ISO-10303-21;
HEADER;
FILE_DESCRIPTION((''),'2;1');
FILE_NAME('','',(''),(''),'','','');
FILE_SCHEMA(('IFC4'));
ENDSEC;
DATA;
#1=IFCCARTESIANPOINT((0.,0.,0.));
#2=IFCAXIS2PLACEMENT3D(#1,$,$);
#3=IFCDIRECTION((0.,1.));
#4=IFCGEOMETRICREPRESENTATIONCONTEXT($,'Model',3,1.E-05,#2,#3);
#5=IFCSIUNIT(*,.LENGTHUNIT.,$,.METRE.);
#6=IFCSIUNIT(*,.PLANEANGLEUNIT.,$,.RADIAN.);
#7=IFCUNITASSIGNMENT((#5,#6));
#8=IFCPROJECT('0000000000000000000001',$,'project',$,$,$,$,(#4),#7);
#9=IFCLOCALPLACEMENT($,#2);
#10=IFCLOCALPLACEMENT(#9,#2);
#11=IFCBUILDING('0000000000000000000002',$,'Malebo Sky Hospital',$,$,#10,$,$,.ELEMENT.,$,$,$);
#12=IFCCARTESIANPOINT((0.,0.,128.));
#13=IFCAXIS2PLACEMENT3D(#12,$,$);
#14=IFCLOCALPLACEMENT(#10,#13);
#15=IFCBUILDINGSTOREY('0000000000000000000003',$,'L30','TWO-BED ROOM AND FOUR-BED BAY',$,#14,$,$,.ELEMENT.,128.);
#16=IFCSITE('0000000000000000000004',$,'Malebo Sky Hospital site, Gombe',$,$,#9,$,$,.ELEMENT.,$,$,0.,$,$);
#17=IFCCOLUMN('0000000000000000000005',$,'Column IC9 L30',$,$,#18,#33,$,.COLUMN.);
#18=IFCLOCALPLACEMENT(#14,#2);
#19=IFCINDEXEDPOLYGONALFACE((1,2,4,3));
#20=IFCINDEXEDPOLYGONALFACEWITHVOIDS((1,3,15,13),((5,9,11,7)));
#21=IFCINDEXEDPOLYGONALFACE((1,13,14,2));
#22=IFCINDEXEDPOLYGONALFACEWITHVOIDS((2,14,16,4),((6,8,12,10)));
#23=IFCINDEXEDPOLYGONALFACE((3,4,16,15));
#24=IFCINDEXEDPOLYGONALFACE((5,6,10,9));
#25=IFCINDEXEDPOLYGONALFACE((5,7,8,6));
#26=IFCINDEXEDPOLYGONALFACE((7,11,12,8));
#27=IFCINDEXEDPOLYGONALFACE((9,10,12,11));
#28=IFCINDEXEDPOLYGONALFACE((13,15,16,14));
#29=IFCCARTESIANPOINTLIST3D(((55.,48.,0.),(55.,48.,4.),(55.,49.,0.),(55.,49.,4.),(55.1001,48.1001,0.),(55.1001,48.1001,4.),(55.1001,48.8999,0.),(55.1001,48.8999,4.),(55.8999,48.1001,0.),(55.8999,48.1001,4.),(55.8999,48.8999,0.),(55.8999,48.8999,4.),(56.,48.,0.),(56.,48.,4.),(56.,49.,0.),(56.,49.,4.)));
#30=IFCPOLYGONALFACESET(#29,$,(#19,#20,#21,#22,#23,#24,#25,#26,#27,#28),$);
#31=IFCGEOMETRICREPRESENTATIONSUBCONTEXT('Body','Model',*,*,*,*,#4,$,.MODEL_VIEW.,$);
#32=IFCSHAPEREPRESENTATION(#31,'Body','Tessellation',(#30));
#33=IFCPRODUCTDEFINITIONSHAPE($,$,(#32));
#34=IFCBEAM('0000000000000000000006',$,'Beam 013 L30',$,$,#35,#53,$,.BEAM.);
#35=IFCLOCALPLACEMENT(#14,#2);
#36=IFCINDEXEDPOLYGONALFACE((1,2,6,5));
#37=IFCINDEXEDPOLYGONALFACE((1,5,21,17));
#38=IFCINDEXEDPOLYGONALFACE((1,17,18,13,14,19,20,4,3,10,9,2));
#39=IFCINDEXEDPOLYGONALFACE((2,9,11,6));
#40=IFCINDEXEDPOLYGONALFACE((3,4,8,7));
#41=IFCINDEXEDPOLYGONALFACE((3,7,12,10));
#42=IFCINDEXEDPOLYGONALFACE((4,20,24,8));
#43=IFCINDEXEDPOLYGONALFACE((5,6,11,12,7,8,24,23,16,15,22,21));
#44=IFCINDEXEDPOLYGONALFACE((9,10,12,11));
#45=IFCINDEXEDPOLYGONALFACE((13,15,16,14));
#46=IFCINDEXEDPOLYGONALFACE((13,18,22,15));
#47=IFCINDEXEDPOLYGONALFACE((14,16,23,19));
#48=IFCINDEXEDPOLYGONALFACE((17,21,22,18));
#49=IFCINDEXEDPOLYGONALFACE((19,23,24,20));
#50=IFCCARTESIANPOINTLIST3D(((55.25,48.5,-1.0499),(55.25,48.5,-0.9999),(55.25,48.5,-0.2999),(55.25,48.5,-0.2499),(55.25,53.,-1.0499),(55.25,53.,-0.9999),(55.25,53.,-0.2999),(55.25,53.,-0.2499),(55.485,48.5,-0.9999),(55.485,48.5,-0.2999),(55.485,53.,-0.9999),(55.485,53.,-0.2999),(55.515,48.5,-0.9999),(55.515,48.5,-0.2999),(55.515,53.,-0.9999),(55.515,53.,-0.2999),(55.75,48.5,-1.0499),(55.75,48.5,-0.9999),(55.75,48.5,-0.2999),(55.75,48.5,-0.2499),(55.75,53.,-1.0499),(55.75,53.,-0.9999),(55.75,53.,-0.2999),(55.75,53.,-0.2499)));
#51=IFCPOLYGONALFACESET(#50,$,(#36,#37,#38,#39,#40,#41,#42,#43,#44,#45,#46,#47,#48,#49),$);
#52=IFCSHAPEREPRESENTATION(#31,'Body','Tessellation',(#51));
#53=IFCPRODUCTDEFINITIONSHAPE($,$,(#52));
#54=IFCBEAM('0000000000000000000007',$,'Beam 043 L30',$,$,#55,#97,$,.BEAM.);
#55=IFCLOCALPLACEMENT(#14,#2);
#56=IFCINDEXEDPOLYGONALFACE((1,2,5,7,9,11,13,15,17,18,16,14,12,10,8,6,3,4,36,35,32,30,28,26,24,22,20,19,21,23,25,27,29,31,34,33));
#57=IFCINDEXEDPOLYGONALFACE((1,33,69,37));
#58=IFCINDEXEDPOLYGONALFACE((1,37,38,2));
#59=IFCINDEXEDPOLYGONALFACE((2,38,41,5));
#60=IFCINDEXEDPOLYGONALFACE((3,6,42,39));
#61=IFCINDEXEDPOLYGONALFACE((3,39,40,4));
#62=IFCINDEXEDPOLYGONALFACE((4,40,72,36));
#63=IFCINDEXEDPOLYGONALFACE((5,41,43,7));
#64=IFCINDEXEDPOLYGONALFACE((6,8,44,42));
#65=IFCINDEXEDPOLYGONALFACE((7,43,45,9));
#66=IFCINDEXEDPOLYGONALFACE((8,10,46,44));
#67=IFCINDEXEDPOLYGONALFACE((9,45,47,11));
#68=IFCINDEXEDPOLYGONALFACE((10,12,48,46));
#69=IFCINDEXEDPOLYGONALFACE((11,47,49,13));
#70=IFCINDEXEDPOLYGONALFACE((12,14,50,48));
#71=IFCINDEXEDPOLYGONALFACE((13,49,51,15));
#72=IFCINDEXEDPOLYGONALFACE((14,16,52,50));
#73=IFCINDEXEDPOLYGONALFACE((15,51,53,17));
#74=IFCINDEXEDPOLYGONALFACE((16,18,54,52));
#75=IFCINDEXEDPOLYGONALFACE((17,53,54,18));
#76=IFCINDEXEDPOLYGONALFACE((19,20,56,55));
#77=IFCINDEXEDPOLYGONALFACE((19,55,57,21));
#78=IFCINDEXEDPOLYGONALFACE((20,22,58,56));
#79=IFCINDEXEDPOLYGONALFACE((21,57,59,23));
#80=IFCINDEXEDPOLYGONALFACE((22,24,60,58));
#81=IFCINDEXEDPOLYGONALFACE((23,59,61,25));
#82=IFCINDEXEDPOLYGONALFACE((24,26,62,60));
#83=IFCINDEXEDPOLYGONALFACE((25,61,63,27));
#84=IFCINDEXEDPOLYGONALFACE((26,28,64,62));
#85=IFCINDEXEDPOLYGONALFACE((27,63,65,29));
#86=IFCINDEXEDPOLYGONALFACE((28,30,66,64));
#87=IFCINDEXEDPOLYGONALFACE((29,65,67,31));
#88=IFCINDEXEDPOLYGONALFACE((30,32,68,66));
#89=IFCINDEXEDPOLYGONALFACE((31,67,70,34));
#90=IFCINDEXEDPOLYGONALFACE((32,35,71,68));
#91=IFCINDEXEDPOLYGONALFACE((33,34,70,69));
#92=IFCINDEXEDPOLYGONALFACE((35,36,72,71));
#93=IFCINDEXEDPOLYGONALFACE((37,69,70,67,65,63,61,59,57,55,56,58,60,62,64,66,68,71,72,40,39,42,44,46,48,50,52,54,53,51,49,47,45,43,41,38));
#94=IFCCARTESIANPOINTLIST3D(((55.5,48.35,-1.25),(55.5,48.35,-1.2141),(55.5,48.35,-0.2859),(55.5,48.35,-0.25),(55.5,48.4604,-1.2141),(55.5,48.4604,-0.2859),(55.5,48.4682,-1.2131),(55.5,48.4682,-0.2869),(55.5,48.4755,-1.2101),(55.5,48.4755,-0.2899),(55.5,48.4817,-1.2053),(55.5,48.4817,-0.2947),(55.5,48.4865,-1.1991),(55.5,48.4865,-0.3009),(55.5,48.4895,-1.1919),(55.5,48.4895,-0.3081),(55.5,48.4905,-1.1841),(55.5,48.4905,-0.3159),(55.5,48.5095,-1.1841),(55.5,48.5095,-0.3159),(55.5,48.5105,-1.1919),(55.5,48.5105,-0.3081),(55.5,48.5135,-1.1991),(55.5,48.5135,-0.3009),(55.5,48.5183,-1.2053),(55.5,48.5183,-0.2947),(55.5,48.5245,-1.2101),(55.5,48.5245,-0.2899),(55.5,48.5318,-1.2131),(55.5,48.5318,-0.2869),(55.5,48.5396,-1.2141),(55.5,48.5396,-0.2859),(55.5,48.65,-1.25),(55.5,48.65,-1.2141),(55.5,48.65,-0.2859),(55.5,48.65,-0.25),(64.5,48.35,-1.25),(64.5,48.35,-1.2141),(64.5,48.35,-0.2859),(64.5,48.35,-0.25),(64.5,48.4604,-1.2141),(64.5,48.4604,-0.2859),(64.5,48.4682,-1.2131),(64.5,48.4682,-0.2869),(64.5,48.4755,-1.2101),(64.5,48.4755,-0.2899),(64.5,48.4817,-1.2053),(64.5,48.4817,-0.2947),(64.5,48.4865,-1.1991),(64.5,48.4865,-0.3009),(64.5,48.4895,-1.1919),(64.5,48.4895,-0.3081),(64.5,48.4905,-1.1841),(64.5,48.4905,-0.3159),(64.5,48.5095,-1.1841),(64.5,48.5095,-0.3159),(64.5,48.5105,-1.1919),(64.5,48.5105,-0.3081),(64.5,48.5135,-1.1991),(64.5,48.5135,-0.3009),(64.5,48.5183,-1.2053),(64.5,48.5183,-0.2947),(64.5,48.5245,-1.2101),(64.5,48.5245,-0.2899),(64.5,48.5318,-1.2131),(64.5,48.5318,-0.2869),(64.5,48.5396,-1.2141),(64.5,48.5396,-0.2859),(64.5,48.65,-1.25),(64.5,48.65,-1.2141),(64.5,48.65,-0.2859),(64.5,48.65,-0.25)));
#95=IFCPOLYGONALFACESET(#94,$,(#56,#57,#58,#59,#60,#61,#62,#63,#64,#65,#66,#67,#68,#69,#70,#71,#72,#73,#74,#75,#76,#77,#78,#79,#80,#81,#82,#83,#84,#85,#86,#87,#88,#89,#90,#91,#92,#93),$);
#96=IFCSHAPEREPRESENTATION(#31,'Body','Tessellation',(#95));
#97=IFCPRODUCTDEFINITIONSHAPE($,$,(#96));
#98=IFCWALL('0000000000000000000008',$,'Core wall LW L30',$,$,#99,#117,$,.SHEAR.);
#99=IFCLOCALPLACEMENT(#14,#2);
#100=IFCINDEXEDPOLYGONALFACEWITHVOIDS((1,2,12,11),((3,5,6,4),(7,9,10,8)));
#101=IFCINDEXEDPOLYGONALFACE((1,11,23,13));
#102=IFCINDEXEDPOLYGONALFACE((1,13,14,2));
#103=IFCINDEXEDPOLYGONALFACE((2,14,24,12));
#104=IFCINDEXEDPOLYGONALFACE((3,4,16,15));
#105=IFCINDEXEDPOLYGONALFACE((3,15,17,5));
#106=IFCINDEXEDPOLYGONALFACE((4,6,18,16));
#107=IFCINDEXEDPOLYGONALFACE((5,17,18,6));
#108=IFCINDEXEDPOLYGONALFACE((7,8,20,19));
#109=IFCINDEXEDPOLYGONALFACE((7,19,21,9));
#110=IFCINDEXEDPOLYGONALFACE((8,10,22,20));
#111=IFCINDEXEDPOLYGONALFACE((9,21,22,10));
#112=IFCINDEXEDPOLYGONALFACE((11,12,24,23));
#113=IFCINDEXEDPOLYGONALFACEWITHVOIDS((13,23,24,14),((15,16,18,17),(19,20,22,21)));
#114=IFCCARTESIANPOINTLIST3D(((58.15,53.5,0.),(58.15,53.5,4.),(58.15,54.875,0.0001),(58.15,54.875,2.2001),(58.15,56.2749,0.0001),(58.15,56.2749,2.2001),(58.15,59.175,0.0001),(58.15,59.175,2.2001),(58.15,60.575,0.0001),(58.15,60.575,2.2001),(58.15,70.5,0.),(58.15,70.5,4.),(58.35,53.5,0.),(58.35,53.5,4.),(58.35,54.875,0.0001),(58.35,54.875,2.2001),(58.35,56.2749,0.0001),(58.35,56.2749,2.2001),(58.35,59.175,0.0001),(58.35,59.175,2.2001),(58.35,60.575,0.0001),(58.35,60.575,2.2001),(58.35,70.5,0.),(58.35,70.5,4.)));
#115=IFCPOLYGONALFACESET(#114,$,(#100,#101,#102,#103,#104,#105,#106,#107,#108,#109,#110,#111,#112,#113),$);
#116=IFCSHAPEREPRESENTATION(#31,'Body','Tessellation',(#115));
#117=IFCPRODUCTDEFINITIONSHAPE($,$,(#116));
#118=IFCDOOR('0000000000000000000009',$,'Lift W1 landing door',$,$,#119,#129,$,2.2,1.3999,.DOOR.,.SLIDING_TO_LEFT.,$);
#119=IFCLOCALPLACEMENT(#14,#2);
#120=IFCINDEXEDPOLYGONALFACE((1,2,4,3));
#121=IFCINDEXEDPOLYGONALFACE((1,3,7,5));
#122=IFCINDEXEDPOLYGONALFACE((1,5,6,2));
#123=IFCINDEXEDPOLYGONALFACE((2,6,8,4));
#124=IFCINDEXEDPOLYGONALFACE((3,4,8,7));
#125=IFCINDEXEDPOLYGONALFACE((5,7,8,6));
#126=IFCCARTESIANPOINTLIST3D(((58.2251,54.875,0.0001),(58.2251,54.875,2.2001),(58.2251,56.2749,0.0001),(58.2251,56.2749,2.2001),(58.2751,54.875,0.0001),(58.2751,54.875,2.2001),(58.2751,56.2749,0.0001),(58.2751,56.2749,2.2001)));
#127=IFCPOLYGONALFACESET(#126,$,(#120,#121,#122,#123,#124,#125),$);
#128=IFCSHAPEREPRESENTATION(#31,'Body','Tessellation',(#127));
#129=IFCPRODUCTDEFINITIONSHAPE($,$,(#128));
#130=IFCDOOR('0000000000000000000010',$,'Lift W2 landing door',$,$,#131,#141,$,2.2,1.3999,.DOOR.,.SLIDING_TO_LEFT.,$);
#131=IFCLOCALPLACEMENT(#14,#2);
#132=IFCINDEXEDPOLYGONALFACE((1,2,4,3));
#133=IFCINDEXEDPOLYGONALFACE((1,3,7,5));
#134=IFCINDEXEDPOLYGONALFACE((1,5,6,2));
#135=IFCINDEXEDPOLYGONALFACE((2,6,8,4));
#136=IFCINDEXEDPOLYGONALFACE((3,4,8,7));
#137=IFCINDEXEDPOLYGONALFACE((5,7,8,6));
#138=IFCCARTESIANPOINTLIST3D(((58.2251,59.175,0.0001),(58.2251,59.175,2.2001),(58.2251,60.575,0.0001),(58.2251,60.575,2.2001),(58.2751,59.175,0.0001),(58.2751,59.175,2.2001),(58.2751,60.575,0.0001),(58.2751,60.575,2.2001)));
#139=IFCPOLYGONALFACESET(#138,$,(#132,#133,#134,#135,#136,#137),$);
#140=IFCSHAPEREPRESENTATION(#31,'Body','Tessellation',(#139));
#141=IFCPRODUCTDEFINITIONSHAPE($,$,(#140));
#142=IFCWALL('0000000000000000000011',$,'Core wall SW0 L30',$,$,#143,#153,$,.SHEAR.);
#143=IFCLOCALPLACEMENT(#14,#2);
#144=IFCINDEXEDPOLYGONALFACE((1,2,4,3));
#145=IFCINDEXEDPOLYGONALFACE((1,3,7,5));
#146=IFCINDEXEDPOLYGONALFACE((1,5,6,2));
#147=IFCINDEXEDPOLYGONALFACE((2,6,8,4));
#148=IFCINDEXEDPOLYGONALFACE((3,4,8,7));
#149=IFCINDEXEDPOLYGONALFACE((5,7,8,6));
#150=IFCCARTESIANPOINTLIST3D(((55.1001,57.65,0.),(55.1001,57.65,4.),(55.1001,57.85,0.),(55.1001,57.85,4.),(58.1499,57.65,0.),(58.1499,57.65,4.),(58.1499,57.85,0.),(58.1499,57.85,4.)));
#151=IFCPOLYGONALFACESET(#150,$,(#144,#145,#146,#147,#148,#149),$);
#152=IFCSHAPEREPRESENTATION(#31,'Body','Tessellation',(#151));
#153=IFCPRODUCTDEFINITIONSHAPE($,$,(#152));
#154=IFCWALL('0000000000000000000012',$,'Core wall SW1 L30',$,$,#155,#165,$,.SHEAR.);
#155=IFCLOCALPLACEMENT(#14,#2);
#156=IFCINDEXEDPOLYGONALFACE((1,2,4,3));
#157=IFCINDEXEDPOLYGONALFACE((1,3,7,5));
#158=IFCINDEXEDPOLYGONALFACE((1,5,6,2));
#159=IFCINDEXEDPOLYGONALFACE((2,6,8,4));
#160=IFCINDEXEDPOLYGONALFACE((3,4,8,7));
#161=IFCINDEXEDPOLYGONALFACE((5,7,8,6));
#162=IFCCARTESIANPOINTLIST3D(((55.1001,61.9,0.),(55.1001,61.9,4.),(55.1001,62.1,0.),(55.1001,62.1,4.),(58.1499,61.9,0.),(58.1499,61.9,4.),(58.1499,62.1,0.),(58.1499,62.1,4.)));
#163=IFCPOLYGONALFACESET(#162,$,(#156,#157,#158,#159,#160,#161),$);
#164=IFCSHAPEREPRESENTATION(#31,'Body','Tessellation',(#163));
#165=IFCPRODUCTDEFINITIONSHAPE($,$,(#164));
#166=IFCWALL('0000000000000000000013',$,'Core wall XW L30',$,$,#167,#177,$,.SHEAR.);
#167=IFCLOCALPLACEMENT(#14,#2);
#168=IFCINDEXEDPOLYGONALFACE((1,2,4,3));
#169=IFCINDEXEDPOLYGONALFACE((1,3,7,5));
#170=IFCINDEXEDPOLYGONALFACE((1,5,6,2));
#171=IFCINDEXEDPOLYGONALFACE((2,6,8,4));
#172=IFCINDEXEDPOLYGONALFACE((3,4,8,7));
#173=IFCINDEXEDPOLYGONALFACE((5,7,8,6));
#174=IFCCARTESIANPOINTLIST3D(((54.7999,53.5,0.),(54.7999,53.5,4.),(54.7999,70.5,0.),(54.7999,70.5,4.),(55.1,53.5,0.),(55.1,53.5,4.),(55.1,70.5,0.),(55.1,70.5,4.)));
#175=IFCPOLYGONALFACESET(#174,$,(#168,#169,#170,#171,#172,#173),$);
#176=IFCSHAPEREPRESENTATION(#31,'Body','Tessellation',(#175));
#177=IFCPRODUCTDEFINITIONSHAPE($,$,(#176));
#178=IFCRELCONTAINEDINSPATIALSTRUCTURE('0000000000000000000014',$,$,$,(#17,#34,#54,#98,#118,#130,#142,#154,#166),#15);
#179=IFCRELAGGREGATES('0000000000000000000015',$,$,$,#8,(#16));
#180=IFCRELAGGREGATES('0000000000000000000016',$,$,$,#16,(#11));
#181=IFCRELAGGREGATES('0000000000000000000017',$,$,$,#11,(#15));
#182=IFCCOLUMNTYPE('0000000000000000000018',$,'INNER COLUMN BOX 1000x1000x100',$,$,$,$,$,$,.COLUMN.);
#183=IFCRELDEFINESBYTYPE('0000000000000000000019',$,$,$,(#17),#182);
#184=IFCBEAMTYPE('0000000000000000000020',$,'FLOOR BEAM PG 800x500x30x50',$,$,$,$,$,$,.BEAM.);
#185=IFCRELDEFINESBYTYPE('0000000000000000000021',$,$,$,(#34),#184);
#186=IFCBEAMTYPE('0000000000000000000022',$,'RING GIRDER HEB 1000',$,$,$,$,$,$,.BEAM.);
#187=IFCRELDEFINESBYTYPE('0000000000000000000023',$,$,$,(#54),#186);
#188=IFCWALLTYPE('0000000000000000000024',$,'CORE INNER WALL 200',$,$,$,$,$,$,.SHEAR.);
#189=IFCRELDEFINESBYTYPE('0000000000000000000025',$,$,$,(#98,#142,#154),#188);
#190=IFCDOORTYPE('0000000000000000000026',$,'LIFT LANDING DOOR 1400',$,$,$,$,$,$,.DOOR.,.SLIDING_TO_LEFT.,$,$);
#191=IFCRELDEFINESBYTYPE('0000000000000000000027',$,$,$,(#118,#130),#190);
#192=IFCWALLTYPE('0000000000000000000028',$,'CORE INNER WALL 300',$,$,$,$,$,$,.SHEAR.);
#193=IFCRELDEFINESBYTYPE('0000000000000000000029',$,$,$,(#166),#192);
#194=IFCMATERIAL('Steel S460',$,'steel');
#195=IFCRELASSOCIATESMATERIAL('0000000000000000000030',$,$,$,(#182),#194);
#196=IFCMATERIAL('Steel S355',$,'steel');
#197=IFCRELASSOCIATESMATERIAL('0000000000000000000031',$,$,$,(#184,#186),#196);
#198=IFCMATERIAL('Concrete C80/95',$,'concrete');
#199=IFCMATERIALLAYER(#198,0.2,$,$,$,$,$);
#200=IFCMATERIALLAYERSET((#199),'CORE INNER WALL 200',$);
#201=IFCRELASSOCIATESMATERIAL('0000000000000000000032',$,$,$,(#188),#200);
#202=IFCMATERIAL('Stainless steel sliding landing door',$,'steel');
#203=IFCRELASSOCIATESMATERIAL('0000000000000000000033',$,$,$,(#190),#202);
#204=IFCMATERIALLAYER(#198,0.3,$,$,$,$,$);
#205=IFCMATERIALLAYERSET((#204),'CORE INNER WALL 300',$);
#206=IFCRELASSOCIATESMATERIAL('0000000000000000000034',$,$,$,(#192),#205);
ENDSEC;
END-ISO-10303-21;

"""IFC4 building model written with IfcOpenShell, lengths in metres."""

from ifc_helpers import new_model, si_unit, direction, frame, frame_2d, origin, origin_2d, place, context, subcontext, project, spatial, rectangle, hollow_rectangle, i_section, extrude, material, layer, layer_set, material_profile, profile_set, type_object, element, fill, save


model = new_model("IFC4")

# Units and contexts
model_context = context("Model", 3, precision=1e-05, world=origin(), true_north=direction((0.0, 1.0)))
body_context = subcontext(model_context, "Body", "Model", "MODEL_VIEW")
ifc_project = project(units=[si_unit("LENGTHUNIT", "METRE"), si_unit("PLANEANGLEUNIT", "RADIAN")], contexts=[model_context])

# Site, building, storey
site_placement = place(None, origin())
site = spatial("IfcSite", under=ifc_project, at=site_placement, Name="Malebo Sky Hospital site, Gombe", CompositionType="ELEMENT", RefElevation=0.0)
building_placement = place(site_placement, origin())
building = spatial("IfcBuilding", under=site, at=building_placement, Name="Malebo Sky Hospital", CompositionType="ELEMENT")
storey_placement = place(building_placement, frame((0.0, 0.0, 128.0)))
storey = spatial("IfcBuildingStorey", under=building, at=storey_placement, Name="L30", Description="TWO-BED ROOM AND FOUR-BED BAY", CompositionType="ELEMENT", Elevation=128.0)

# Column
ifc_material_1 = material(Name="Steel S460", Category="steel")
ifc_material_profile_1 = material_profile(ifc_material_1, hollow_rectangle(XDim=1.0, YDim=1.0, WallThickness=0.1001, at=origin_2d()), Name="BOX 1000x1000x100")
ifc_profile_set_1 = profile_set([ifc_material_profile_1], Name="Steel S460")
column_type = type_object("IfcColumnType", Name="INNER COLUMN BOX 1000x1000x100", PredefinedType="COLUMN", material=ifc_profile_set_1)
column_placement = place(storey_placement, frame((55.5, 48.5, 0.0), z_axis=(0.0, 0.0, 1.0), x_axis=(1.0, 0.0, 0.0)))
element("IfcColumn", 1, at=column_placement, inside=storey, type_object=column_type, Name="Column IC9 L30", PredefinedType="COLUMN", context=body_context, shape_type="SweptSolid", body=[
    extrude(hollow_rectangle(XDim=1.0, YDim=1.0, WallThickness=0.1001, at=origin_2d()), origin(), (0.0, 0.0, 1.0), 4.0),
])

# Beams
ifc_material_2 = material(Name="Steel S355", Category="steel")
ifc_material_profile_2 = material_profile(ifc_material_2, i_section(OverallWidth=0.5, OverallDepth=0.8, WebThickness=0.03, FlangeThickness=0.05, at=origin_2d()), Name="PG 800x500x30x50")
ifc_profile_set_2 = profile_set([ifc_material_profile_2], Name="Steel S355")
beam_type_1 = type_object("IfcBeamType", Name="FLOOR BEAM PG 800x500x30x50", PredefinedType="BEAM", material=ifc_profile_set_2)
beam_1_placement = place(storey_placement, frame((55.5, 48.5, -0.6499), z_axis=(0.0, 1.0, 0.0), x_axis=(-1.0, 0.0, 0.0)))
element("IfcBeam", 2, at=beam_1_placement, inside=storey, type_object=beam_type_1, Name="Beam 013 L30", PredefinedType="BEAM", context=body_context, shape_type="SweptSolid", body=[
    extrude(i_section(OverallWidth=0.5, OverallDepth=0.8, WebThickness=0.03, FlangeThickness=0.05, at=origin_2d()), origin(), (0.0, 0.0, 1.0), 4.5),
])
ifc_material_profile_3 = material_profile(ifc_material_2, i_section(OverallWidth=0.3, OverallDepth=1.0, WebThickness=0.019, FlangeThickness=0.0359, FilletRadius=0.03, at=origin_2d()), Name="HEB 1000")
ifc_profile_set_3 = profile_set([ifc_material_profile_3], Name="Steel S355")
beam_type_2 = type_object("IfcBeamType", Name="RING GIRDER HEB 1000", PredefinedType="BEAM", material=ifc_profile_set_3)
beam_2_placement = place(storey_placement, frame((55.5, 48.5, -0.75), z_axis=(1.0, 0.0, 0.0), x_axis=(0.0, 1.0, 0.0)))
element("IfcBeam", 3, at=beam_2_placement, inside=storey, type_object=beam_type_2, Name="Beam 043 L30", PredefinedType="BEAM", context=body_context, shape_type="SweptSolid", body=[
    extrude(i_section(OverallWidth=0.3, OverallDepth=1.0, WebThickness=0.019, FlangeThickness=0.0359, FilletRadius=0.03, at=origin_2d()), origin(), (0.0, 0.0, 1.0), 9.0),
])

# Wall, openings, doors
ifc_material_3 = material(Name="Concrete C80/95", Category="concrete")
ifc_layer_1 = layer(ifc_material_3, 0.2)
ifc_layer_set_1 = layer_set([ifc_layer_1], Name="CORE INNER WALL 200")
wall_type_1 = type_object("IfcWallType", Name="CORE INNER WALL 200", PredefinedType="SHEAR", material=ifc_layer_set_1)
wall_1_placement = place(storey_placement, frame((58.25, 53.5, 0.0), z_axis=(0.0, 0.0, 1.0), x_axis=(0.0, 1.0, 0.0)))
wall_1 = element("IfcWall", 4, at=wall_1_placement, inside=storey, type_object=wall_type_1, Name="Core wall LW L30", PredefinedType="SHEAR", context=body_context, shape_type="SweptSolid", body=[
    extrude(rectangle(XDim=17.0, YDim=0.2, at=frame_2d((8.5, 0.0))), origin(), (0.0, 0.0, 1.0), 4.0),
])
opening_1_placement = place(wall_1_placement, frame((1.375, 0.0, 0.0)))
opening_1 = element("IfcOpeningElement", 5, at=opening_1_placement, cuts=wall_1, PredefinedType="OPENING", context=body_context, shape_type="SweptSolid", body=[
    extrude(rectangle(XDim=1.3999, YDim=2.2, at=frame_2d((0.7, 1.1001))), frame((0.0, 0.1099, 0.0), z_axis=(0.0, -1.0, 0.0), x_axis=(1.0, 0.0, 0.0)), (0.0, 0.0, 1.0), 0.22),
])
opening_2_placement = place(wall_1_placement, frame((5.675, 0.0, 0.0)))
opening_2 = element("IfcOpeningElement", 6, at=opening_2_placement, cuts=wall_1, PredefinedType="OPENING", context=body_context, shape_type="SweptSolid", body=[
    extrude(rectangle(XDim=1.3999, YDim=2.2, at=frame_2d((0.7, 1.1001))), frame((0.0, 0.1099, 0.0), z_axis=(0.0, -1.0, 0.0), x_axis=(1.0, 0.0, 0.0)), (0.0, 0.0, 1.0), 0.22),
])
ifc_material_4 = material(Name="Stainless steel sliding landing door", Category="steel")
door_type_1 = type_object("IfcDoorType", Name="LIFT LANDING DOOR 1400", OperationType="SLIDING_TO_LEFT", PredefinedType="DOOR", material=ifc_material_4)
door_1_placement = place(opening_1_placement, origin())
door_1 = element("IfcDoor", 7, at=door_1_placement, inside=storey, type_object=door_type_1, Name="Lift W1 landing door", OperationType="SLIDING_TO_LEFT", OverallHeight=2.2, OverallWidth=1.3999, PredefinedType="DOOR", context=body_context, shape_type="SweptSolid", body=[
    extrude(rectangle(XDim=1.3999, YDim=2.2, at=frame_2d((0.7, 1.1001))), frame((0.0, 0.0249, 0.0), z_axis=(0.0, -1.0, 0.0), x_axis=(1.0, 0.0, 0.0)), (0.0, 0.0, 1.0), 0.05),
])
fill(opening_1, door_1)
door_2_placement = place(opening_2_placement, origin())
door_2 = element("IfcDoor", 8, at=door_2_placement, inside=storey, type_object=door_type_1, Name="Lift W2 landing door", OperationType="SLIDING_TO_LEFT", OverallHeight=2.2, OverallWidth=1.3999, PredefinedType="DOOR", context=body_context, shape_type="SweptSolid", body=[
    extrude(rectangle(XDim=1.3999, YDim=2.2, at=frame_2d((0.7, 1.1001))), frame((0.0, 0.0249, 0.0), z_axis=(0.0, -1.0, 0.0), x_axis=(1.0, 0.0, 0.0)), (0.0, 0.0, 1.0), 0.05),
])
fill(opening_2, door_2)

# Walls
for number, where, z_axis, x_axis, name in (
    (9, (55.1001, 57.75, 0.0), (0.0, 0.0, 1.0), (1.0, 0.0, 0.0), "Core wall SW0 L30"),
    (10, (55.1001, 62.0, 0.0), (0.0, 0.0, 1.0), (1.0, 0.0, 0.0), "Core wall SW1 L30"),
):
    element("IfcWall", number, at=place(storey_placement, frame(where, z_axis=z_axis, x_axis=x_axis)), inside=storey, type_object=wall_type_1, Name=name, PredefinedType="SHEAR", context=body_context, shape_type="SweptSolid", body=[
        extrude(rectangle(XDim=3.0498, YDim=0.2, at=frame_2d((1.5249, 0.0))), origin(), (0.0, 0.0, 1.0), 4.0),
    ])
ifc_layer_2 = layer(ifc_material_3, 0.3)
ifc_layer_set_2 = layer_set([ifc_layer_2], Name="CORE INNER WALL 300")
wall_type_2 = type_object("IfcWallType", Name="CORE INNER WALL 300", PredefinedType="SHEAR", material=ifc_layer_set_2)
wall_2_placement = place(storey_placement, frame((54.95, 53.5, 0.0), z_axis=(0.0, 0.0, 1.0), x_axis=(0.0, 1.0, 0.0)))
element("IfcWall", 11, at=wall_2_placement, inside=storey, type_object=wall_type_2, Name="Core wall XW L30", PredefinedType="SHEAR", context=body_context, shape_type="SweptSolid", body=[
    extrude(rectangle(XDim=17.0, YDim=0.3, at=frame_2d((8.5, 0.0))), origin(), (0.0, 0.0, 1.0), 4.0),
])

save(model, "model.ifc")
